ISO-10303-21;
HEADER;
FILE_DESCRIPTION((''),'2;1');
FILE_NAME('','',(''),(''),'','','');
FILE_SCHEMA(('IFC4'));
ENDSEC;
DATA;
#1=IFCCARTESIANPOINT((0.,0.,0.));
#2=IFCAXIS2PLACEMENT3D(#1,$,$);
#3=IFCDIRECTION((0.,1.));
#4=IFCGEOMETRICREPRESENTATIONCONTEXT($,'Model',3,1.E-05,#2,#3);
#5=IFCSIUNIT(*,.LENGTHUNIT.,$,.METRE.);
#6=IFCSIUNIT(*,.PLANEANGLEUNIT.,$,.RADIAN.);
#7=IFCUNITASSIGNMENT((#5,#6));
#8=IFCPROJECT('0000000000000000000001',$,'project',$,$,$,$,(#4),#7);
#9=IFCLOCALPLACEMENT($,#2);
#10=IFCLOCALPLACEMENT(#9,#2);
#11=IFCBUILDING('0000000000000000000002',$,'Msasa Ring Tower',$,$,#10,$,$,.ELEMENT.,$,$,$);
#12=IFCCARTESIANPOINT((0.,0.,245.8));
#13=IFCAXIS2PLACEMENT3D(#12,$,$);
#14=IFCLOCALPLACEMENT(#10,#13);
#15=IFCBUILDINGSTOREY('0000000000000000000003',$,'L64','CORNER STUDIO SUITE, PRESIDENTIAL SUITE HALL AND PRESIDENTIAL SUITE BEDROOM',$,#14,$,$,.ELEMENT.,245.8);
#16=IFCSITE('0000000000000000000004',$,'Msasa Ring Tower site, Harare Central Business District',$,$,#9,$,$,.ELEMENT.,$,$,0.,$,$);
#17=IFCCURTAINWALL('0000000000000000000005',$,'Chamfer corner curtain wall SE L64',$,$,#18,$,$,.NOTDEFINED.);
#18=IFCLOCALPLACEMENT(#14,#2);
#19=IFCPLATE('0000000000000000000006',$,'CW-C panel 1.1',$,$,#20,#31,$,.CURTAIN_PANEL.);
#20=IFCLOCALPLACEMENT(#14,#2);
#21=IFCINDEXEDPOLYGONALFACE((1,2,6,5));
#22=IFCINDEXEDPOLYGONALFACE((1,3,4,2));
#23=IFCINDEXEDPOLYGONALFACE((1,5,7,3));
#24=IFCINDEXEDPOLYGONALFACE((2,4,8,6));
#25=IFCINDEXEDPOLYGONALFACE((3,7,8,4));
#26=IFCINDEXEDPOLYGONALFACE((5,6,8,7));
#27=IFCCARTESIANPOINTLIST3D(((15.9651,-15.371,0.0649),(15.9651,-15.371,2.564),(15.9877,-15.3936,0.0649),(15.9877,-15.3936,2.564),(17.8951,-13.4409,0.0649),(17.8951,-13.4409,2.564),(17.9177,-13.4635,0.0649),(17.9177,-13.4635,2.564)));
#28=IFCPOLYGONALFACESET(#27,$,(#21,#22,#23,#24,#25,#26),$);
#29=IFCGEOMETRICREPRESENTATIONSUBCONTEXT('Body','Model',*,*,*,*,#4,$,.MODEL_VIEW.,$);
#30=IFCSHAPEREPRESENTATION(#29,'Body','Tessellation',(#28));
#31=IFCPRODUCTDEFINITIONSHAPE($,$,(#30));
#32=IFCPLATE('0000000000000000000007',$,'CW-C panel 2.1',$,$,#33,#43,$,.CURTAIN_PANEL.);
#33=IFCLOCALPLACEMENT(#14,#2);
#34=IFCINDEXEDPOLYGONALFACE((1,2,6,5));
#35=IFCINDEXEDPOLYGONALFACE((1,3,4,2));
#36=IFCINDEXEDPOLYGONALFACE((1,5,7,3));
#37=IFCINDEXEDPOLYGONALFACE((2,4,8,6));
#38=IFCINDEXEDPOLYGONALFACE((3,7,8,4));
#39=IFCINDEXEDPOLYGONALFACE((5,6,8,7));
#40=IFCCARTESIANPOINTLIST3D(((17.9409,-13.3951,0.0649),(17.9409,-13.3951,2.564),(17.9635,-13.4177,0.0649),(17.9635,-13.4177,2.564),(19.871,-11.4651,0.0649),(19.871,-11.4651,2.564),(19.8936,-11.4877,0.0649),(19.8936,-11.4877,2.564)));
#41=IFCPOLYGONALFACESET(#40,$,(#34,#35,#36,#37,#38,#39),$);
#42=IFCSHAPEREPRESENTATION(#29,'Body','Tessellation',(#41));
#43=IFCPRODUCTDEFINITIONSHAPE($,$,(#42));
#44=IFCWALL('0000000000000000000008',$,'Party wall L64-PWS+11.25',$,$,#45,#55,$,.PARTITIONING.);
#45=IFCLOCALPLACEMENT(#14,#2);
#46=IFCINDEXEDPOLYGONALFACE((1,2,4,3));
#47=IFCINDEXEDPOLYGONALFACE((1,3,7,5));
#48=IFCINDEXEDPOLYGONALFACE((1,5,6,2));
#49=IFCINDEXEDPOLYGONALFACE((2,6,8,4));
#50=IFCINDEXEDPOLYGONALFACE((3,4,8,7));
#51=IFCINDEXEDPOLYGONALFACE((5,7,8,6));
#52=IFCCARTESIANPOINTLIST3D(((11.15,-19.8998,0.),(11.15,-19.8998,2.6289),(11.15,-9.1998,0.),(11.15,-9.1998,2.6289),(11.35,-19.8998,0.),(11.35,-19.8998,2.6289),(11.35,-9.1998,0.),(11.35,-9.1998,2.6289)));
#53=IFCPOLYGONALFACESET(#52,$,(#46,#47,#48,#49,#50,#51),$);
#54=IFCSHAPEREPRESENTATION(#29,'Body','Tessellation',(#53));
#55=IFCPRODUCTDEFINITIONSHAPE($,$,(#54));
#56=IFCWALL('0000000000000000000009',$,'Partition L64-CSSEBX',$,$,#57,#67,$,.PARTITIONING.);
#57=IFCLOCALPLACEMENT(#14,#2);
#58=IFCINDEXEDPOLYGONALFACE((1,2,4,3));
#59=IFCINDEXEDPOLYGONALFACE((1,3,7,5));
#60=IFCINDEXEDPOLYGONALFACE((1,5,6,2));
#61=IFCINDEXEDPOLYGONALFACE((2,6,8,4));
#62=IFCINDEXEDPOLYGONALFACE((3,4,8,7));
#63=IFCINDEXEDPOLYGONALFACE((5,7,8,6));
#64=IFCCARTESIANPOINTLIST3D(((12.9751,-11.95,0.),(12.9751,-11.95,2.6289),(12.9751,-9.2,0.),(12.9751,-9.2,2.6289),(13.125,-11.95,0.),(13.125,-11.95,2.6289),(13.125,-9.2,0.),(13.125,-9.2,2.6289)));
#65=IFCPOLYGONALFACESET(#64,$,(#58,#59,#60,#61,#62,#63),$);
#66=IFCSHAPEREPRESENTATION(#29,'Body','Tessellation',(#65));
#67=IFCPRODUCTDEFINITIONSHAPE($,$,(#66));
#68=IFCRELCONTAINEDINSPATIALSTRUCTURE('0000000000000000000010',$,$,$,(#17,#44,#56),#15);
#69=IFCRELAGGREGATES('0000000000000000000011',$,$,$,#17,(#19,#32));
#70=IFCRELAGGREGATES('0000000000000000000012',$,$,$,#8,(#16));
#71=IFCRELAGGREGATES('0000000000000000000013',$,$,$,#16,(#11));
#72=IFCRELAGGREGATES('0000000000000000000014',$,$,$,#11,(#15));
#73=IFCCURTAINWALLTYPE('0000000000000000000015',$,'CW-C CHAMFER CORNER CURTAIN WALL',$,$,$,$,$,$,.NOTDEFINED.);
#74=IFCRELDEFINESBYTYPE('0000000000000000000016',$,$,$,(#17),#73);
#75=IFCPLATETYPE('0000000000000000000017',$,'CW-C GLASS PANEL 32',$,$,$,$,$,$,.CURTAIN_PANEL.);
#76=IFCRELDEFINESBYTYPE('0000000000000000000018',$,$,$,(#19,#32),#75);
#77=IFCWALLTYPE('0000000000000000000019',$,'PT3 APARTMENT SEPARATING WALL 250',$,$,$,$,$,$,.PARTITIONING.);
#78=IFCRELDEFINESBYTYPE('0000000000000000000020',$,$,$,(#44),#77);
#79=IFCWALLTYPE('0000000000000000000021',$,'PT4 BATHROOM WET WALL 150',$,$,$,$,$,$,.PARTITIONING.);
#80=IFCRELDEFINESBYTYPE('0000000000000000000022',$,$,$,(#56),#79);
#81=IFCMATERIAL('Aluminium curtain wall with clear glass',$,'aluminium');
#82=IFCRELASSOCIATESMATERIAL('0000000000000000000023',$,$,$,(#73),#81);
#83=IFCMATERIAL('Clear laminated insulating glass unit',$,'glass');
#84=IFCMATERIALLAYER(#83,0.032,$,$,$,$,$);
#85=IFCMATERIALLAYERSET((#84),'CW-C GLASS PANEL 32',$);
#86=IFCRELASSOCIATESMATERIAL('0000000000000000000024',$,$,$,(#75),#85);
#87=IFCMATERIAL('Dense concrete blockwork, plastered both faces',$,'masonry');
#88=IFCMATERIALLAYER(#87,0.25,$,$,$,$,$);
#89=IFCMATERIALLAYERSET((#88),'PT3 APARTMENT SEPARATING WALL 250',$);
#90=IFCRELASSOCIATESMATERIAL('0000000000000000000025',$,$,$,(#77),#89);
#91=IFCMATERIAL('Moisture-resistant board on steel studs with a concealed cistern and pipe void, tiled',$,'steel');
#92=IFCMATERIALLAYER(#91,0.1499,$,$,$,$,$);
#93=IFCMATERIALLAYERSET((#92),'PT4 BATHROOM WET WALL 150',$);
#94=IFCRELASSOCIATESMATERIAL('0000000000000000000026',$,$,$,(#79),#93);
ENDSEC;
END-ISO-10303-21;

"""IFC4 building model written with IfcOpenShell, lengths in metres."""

from ifc_helpers import new_model, si_unit, direction, frame, frame_2d, origin, origin_2d, place, context, subcontext, project, spatial, rectangle, extrude, material, layer, layer_set, type_object, element, aggregate, save


model = new_model("IFC4")

# Units and contexts
model_context = context("Model", 3, precision=1e-05, world=origin(), true_north=direction((0.0, 1.0)))
body_context = subcontext(model_context, "Body", "Model", "MODEL_VIEW")
ifc_project = project(units=[si_unit("LENGTHUNIT", "METRE"), si_unit("PLANEANGLEUNIT", "RADIAN")], contexts=[model_context])

# Site, building, storey
site_placement = place(None, origin())
site = spatial("IfcSite", under=ifc_project, at=site_placement, Name="Msasa Ring Tower site, Harare Central Business District", CompositionType="ELEMENT", RefElevation=0.0)
building_placement = place(site_placement, origin())
building = spatial("IfcBuilding", under=site, at=building_placement, Name="Msasa Ring Tower", CompositionType="ELEMENT")
storey_placement = place(building_placement, frame((0.0, 0.0, 245.8)))
storey = spatial("IfcBuildingStorey", under=building, at=storey_placement, Name="L64", Description="CORNER STUDIO SUITE, PRESIDENTIAL SUITE HALL AND PRESIDENTIAL SUITE BEDROOM", CompositionType="ELEMENT", Elevation=245.8)

# Curtain wall
ifc_material_1 = material(Name="Aluminium curtain wall with clear glass", Category="aluminium")
curtain_wall_type = type_object("IfcCurtainWallType", Name="CW-C CHAMFER CORNER CURTAIN WALL", PredefinedType="NOTDEFINED", material=ifc_material_1)
curtain_wall_1_placement = place(storey_placement, origin())
curtain_wall_1 = element("IfcCurtainWall", 1, at=curtain_wall_1_placement, inside=storey, type_object=curtain_wall_type, Name="Chamfer corner curtain wall SE L64", PredefinedType="NOTDEFINED")

# Plates
ifc_material_2 = material(Name="Clear laminated insulating glass unit", Category="glass")
ifc_layer_1 = layer(ifc_material_2, 0.032)
ifc_layer_set_1 = layer_set([ifc_layer_1], Name="CW-C GLASS PANEL 32")
plate_type = type_object("IfcPlateType", Name="CW-C GLASS PANEL 32", PredefinedType="CURTAIN_PANEL", material=ifc_layer_set_1)
plate_1_placement = place(storey_placement, frame((16.9414, -14.4172, 0.0649), z_axis=(0.0, 0.0, 1.0), x_axis=(0.707107, 0.707107, 0.0)))
plate_1 = element("IfcPlate", 2, at=plate_1_placement, type_object=plate_type, Name="CW-C panel 1.1", PredefinedType="CURTAIN_PANEL", context=body_context, shape_type="SweptSolid", body=[
    extrude(rectangle(XDim=2.7295, YDim=0.032, at=origin_2d()), origin(), (0.0, 0.0, 1.0), 2.499),
])
plate_2_placement = place(storey_placement, frame((18.9172, -12.4414, 0.0649), z_axis=(0.0, 0.0, 1.0), x_axis=(0.707107, 0.707107, 0.0)))
plate_2 = element("IfcPlate", 3, at=plate_2_placement, type_object=plate_type, Name="CW-C panel 2.1", PredefinedType="CURTAIN_PANEL", context=body_context, shape_type="SweptSolid", body=[
    extrude(rectangle(XDim=2.7295, YDim=0.032, at=origin_2d()), origin(), (0.0, 0.0, 1.0), 2.499),
])
aggregate(curtain_wall_1, [plate_1, plate_2])

# Walls
ifc_material_3 = material(Name="Dense concrete blockwork, plastered both faces", Category="masonry")
ifc_layer_2 = layer(ifc_material_3, 0.25)
ifc_layer_set_2 = layer_set([ifc_layer_2], Name="PT3 APARTMENT SEPARATING WALL 250")
wall_type_1 = type_object("IfcWallType", Name="PT3 APARTMENT SEPARATING WALL 250", PredefinedType="PARTITIONING", material=ifc_layer_set_2)
wall_1_placement = place(storey_placement, frame((11.25, -19.8999, 0.0), z_axis=(0.0, 0.0, 1.0), x_axis=(0.0, 1.0, 0.0)))
element("IfcWall", 4, at=wall_1_placement, inside=storey, type_object=wall_type_1, Name="Party wall L64-PWS+11.25", PredefinedType="PARTITIONING", context=body_context, shape_type="SweptSolid", body=[
    extrude(rectangle(XDim=10.7, YDim=0.2, at=frame_2d((5.3501, 0.0))), origin(), (0.0, 0.0, 1.0), 2.6289),
])
ifc_material_4 = material(Name="Moisture-resistant board on steel studs with a concealed cistern and pipe void, tiled", Category="steel")
ifc_layer_3 = layer(ifc_material_4, 0.1499)
ifc_layer_set_3 = layer_set([ifc_layer_3], Name="PT4 BATHROOM WET WALL 150")
wall_type_2 = type_object("IfcWallType", Name="PT4 BATHROOM WET WALL 150", PredefinedType="PARTITIONING", material=ifc_layer_set_3)
wall_2_placement = place(storey_placement, frame((13.05, -11.95, 0.0), z_axis=(0.0, 0.0, 1.0), x_axis=(0.0, 1.0, 0.0)))
element("IfcWall", 5, at=wall_2_placement, inside=storey, type_object=wall_type_2, Name="Partition L64-CSSEBX", PredefinedType="PARTITIONING", context=body_context, shape_type="SweptSolid", body=[
    extrude(rectangle(XDim=2.75, YDim=0.1499, at=frame_2d((1.375, 0.0))), origin(), (0.0, 0.0, 1.0), 2.6289),
])

save(model, "model.ifc")
